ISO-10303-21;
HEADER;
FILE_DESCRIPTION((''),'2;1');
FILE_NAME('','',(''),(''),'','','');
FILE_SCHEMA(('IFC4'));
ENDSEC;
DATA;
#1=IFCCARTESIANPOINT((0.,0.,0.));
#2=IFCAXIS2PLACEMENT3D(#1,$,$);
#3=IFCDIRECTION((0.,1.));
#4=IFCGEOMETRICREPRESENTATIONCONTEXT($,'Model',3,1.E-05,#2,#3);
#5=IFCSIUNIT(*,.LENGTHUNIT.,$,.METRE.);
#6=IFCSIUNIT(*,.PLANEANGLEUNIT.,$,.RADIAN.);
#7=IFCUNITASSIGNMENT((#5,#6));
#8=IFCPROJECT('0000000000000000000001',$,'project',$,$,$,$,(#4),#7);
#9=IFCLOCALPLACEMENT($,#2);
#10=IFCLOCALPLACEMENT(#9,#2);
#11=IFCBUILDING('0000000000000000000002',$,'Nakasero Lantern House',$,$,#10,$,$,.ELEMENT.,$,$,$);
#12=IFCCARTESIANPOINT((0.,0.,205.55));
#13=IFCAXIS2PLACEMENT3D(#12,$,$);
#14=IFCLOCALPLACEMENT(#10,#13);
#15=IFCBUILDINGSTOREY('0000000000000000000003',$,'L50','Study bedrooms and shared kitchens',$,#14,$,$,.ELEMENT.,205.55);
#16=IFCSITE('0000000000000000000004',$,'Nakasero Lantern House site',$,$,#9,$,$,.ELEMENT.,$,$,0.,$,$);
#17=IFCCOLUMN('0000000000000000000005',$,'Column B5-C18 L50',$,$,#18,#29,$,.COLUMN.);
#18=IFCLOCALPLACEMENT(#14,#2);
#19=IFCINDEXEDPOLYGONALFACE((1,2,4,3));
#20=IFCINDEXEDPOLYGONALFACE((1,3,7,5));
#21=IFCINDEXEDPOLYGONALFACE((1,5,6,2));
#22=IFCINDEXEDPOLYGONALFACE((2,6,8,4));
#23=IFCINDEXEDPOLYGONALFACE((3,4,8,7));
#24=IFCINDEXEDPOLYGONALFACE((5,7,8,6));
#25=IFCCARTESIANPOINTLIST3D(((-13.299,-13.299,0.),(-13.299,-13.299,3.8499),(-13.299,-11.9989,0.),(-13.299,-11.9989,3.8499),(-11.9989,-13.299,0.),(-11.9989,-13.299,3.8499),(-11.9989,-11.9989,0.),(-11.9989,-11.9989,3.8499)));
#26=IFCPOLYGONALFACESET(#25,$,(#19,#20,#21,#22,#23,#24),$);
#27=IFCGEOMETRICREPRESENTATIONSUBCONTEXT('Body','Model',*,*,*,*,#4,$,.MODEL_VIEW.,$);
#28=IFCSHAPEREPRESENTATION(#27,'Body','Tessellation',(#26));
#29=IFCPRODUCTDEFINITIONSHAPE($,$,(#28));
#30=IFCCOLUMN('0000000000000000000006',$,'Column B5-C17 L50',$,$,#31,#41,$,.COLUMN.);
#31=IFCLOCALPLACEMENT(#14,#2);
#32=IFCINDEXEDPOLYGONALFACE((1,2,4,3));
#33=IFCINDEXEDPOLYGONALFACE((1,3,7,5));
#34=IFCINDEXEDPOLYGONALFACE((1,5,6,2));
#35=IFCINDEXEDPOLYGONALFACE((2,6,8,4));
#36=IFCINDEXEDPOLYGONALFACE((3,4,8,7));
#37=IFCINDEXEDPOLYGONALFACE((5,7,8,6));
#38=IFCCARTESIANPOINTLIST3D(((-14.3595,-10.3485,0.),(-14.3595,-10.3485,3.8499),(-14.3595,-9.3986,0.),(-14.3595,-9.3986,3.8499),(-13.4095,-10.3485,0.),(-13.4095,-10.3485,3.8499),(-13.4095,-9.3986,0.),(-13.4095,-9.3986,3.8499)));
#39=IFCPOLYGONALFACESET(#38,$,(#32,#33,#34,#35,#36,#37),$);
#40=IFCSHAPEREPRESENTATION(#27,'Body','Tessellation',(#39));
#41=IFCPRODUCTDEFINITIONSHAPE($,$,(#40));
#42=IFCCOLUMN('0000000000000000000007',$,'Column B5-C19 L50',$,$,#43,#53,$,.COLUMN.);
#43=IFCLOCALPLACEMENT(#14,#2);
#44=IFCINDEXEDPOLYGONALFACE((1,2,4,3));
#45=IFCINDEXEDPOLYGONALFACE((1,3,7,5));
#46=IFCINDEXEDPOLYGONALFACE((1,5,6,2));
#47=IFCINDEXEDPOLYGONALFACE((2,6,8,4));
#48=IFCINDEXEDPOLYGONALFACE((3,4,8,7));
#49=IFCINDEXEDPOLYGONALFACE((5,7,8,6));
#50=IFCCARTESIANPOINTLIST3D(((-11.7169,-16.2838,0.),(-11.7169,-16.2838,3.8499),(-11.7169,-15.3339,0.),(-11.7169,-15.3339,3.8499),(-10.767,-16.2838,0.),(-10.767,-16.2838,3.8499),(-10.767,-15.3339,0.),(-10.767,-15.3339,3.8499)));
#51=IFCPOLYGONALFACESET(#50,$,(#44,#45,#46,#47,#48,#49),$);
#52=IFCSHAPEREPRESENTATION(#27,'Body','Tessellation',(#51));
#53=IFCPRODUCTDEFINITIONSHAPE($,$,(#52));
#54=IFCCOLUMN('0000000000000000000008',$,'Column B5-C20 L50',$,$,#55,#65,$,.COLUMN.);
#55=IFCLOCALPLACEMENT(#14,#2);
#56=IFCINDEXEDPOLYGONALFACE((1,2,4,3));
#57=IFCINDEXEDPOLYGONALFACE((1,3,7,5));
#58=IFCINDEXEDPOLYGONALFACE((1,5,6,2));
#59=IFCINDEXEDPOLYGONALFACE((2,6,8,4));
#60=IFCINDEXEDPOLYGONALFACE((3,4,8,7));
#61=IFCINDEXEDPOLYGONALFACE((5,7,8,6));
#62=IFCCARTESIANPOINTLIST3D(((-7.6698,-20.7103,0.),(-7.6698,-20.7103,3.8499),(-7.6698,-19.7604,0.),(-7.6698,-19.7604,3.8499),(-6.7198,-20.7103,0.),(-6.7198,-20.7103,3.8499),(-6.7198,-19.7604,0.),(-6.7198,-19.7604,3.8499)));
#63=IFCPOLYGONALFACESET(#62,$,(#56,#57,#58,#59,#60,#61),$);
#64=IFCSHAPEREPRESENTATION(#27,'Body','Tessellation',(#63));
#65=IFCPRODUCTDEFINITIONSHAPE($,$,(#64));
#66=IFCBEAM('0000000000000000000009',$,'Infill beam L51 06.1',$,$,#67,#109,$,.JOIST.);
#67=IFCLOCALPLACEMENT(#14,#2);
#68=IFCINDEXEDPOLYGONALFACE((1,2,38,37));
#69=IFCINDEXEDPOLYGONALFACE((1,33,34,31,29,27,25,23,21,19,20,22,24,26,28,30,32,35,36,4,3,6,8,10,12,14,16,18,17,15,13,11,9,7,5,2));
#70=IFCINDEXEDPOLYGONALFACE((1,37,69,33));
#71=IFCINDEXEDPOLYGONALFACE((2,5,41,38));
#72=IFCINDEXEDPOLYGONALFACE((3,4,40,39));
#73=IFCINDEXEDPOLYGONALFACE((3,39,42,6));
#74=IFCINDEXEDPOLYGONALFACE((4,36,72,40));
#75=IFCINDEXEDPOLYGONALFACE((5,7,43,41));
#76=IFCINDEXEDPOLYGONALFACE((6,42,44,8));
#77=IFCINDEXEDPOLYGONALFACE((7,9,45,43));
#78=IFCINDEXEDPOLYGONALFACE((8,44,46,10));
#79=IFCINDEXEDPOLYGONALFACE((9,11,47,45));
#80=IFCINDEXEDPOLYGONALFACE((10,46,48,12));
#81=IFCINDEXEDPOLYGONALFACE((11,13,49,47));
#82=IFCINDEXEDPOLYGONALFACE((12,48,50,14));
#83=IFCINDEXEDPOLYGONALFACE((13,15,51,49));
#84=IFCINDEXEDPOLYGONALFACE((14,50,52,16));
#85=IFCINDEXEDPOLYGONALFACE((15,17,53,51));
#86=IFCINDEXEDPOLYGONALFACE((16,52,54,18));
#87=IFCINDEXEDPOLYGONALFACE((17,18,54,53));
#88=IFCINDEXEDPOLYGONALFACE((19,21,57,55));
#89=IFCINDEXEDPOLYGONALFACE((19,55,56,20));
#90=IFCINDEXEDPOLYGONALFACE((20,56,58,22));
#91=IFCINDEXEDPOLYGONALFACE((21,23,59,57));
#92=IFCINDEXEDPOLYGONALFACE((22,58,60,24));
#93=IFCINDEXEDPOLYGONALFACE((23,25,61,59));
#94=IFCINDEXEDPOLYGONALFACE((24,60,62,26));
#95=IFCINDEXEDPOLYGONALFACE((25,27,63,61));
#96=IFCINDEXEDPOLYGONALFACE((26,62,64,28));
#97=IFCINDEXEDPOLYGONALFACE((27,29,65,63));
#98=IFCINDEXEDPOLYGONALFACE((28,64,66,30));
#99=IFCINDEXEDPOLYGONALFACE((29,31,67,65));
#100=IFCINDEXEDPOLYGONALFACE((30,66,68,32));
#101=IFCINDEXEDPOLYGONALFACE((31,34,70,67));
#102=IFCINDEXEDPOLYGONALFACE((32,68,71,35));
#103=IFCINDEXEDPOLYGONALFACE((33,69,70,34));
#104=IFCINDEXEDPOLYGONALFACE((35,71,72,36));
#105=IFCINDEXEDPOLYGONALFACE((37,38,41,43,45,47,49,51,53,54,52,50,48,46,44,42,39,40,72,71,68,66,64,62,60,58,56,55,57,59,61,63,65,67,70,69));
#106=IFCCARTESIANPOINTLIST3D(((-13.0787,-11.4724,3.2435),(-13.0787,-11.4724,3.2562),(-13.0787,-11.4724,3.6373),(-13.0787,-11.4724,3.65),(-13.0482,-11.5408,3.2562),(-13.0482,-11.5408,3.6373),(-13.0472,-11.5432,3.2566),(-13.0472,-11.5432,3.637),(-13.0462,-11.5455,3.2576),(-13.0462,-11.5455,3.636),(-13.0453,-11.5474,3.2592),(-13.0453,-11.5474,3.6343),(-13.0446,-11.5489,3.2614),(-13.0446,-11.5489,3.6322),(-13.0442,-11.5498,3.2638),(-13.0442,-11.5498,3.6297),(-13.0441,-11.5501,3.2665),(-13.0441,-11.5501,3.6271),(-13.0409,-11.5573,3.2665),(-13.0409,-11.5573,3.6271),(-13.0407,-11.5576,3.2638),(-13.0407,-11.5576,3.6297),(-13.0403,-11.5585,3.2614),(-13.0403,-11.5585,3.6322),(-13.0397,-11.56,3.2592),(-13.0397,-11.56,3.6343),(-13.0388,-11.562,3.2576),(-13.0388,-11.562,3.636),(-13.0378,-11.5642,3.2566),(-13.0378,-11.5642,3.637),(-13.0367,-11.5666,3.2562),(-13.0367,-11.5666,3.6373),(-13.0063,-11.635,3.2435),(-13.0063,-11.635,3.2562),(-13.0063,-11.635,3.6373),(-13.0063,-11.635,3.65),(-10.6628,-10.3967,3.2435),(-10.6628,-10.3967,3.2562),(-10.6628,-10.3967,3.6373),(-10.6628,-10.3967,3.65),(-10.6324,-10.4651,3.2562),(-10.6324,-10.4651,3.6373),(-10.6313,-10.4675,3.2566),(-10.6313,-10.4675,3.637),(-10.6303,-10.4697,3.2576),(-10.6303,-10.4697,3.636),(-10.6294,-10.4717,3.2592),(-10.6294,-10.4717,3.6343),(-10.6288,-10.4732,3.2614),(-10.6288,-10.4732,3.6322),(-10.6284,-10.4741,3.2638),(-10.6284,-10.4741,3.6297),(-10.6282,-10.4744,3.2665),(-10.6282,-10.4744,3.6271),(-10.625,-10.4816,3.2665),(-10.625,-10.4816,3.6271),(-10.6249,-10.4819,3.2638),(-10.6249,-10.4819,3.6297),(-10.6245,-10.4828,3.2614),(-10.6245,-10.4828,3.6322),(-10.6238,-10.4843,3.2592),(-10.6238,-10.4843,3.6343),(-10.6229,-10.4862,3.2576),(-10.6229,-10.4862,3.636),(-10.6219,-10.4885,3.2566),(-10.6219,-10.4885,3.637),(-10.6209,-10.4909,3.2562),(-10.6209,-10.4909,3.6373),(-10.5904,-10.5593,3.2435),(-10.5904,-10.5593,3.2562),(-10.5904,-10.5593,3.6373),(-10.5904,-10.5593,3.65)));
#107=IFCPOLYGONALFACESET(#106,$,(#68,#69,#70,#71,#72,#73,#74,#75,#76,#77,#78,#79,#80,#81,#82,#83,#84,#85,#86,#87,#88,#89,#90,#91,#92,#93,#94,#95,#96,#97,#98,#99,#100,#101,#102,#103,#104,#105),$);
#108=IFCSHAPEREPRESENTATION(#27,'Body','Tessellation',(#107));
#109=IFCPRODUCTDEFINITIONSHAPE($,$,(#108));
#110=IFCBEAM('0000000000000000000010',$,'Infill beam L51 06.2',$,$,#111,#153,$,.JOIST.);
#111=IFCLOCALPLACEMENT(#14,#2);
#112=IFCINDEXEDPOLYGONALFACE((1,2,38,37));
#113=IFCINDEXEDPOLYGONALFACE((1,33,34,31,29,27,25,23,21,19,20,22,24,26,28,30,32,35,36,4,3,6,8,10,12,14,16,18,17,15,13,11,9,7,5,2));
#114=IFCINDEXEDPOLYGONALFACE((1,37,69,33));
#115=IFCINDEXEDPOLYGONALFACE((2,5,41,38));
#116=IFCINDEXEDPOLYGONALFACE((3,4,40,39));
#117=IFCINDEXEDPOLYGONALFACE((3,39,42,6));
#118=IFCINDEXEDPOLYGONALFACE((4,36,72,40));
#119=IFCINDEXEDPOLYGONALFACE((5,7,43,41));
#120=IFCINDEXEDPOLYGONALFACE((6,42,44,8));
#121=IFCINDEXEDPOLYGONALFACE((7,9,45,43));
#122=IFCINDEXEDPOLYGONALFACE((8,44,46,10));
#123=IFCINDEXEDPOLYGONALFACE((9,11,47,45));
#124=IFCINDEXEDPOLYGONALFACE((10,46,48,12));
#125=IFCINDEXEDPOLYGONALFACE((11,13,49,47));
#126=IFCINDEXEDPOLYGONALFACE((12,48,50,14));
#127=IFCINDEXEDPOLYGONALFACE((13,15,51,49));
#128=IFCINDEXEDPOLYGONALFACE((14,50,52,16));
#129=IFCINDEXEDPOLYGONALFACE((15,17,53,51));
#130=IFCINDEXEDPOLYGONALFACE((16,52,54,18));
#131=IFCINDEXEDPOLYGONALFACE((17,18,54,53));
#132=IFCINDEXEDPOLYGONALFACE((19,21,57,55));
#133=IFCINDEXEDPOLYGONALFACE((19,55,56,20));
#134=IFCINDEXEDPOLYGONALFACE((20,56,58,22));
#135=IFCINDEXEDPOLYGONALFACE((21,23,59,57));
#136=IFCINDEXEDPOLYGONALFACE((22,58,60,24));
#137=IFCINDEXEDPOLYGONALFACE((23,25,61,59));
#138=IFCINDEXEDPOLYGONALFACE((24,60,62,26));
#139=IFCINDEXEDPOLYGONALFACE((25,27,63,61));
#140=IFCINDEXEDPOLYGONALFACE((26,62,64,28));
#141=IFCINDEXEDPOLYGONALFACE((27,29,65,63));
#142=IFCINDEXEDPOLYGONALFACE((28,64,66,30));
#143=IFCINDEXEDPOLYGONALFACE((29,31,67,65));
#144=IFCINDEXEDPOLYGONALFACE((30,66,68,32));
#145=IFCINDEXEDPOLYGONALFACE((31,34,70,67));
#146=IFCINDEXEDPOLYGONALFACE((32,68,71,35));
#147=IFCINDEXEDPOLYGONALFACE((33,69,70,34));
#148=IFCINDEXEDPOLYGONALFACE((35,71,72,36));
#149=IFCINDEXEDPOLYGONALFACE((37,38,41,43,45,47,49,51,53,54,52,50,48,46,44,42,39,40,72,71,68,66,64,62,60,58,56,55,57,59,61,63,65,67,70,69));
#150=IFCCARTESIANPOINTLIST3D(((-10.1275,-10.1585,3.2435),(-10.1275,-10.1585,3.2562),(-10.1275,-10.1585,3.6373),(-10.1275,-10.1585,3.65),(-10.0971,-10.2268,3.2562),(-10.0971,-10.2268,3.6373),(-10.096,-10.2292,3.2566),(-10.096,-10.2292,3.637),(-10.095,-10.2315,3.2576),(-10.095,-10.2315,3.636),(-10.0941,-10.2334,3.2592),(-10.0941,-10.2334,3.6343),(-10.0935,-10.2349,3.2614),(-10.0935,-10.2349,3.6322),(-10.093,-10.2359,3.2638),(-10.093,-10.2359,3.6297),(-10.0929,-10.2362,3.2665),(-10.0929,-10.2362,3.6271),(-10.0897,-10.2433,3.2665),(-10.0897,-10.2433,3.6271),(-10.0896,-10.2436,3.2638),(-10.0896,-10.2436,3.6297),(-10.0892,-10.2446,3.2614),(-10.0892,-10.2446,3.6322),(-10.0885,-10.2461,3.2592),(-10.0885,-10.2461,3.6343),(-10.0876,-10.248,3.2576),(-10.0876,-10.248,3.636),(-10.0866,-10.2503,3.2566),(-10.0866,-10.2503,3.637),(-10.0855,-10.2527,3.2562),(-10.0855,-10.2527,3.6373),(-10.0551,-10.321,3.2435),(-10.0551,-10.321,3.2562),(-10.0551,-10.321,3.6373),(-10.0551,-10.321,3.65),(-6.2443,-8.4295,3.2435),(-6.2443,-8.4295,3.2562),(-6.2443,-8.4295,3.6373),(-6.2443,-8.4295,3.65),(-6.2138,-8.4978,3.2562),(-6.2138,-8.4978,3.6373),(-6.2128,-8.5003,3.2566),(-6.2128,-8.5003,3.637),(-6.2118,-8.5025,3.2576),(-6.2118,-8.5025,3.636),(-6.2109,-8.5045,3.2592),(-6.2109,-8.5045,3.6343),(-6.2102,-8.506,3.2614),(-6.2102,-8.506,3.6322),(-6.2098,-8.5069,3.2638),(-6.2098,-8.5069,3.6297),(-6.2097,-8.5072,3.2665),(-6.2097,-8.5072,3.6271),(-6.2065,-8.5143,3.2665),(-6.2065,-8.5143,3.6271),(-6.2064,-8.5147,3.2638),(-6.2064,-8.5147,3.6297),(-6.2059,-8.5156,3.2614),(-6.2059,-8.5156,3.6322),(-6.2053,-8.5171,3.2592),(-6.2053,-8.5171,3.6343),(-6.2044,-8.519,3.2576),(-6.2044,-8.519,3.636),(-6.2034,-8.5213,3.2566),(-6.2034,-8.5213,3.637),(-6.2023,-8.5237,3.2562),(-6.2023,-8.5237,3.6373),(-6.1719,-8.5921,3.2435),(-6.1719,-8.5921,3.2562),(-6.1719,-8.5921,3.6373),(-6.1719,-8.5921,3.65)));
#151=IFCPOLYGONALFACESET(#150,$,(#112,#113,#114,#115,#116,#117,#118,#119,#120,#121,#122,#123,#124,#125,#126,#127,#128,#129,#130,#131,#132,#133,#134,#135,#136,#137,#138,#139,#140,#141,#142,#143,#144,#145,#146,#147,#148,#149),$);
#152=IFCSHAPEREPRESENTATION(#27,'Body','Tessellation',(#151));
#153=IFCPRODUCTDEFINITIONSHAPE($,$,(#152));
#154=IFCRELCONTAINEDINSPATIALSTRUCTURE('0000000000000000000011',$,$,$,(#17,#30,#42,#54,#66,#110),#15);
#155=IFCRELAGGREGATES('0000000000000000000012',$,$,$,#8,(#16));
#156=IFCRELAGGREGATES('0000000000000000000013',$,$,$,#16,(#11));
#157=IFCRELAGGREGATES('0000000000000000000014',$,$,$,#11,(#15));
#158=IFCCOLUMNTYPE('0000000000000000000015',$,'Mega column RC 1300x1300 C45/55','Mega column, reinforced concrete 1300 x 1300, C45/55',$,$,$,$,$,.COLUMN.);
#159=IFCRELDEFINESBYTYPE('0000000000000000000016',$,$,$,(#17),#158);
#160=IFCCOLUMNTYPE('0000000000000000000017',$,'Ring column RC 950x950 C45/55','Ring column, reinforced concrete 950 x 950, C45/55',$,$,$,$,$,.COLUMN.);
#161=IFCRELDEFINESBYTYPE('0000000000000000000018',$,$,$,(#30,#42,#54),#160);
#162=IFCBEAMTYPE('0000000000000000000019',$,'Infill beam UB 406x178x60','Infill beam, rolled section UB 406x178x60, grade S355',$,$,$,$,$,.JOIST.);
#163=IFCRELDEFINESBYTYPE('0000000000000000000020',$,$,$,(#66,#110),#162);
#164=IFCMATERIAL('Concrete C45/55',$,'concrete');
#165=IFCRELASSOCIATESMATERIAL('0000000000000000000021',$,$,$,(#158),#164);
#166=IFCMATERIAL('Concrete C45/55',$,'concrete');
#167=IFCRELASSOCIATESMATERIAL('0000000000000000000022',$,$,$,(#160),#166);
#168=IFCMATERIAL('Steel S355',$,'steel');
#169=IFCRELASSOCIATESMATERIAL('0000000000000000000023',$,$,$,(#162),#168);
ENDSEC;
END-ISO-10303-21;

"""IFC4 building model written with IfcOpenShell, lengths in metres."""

from ifc_helpers import new_model, si_unit, direction, frame, origin, origin_2d, place, context, subcontext, project, spatial, rectangle, i_section, extrude, material, material_profile, profile_set, type_object, element, save


model = new_model("IFC4")

# Units and contexts
model_context = context("Model", 3, precision=1e-05, world=origin(), true_north=direction((0.0, 1.0)))
body_context = subcontext(model_context, "Body", "Model", "MODEL_VIEW")
ifc_project = project(units=[si_unit("LENGTHUNIT", "METRE"), si_unit("PLANEANGLEUNIT", "RADIAN")], contexts=[model_context])

# Site, building, storey
site_placement = place(None, origin())
site = spatial("IfcSite", under=ifc_project, at=site_placement, Name="Nakasero Lantern House site", CompositionType="ELEMENT", RefElevation=0.0)
building_placement = place(site_placement, origin())
building = spatial("IfcBuilding", under=site, at=building_placement, Name="Nakasero Lantern House", CompositionType="ELEMENT")
storey_placement = place(building_placement, frame((0.0, 0.0, 205.55)))
storey = spatial("IfcBuildingStorey", under=building, at=storey_placement, Name="L50", Description="Study bedrooms and shared kitchens", CompositionType="ELEMENT", Elevation=205.55)

# Columns
ifc_material_1 = material(Name="Concrete C45/55", Category="concrete")
ifc_material_profile_1 = material_profile(ifc_material_1, rectangle(XDim=1.3, YDim=1.3, at=origin_2d()), Name="RC 1300x1300")
ifc_profile_set_1 = profile_set([ifc_material_profile_1], Name="Concrete C45/55")
column_type_1 = type_object("IfcColumnType", Name="Mega column RC 1300x1300 C45/55", Description="Mega column, reinforced concrete 1300 x 1300, C45/55", PredefinedType="COLUMN", material=ifc_profile_set_1)
column_placement = place(storey_placement, frame((-12.6489, -12.6489, 0.0), z_axis=(0.0, 0.0, 1.0), x_axis=(1.0, 0.0, 0.0)))
element("IfcColumn", 1, at=column_placement, inside=storey, type_object=column_type_1, Name="Column B5-C18 L50", PredefinedType="COLUMN", context=body_context, shape_type="SweptSolid", body=[
    extrude(rectangle(XDim=1.3, YDim=1.3, at=origin_2d()), origin(), (0.0, 0.0, 1.0), 3.8499),
])
ifc_material_2 = material(Name="Concrete C45/55", Category="concrete")
ifc_material_profile_2 = material_profile(ifc_material_2, rectangle(XDim=0.95, YDim=0.95, at=origin_2d()), Name="RC 950x950")
ifc_profile_set_2 = profile_set([ifc_material_profile_2], Name="Concrete C45/55")
column_type_2 = type_object("IfcColumnType", Name="Ring column RC 950x950 C45/55", Description="Ring column, reinforced concrete 950 x 950, C45/55", PredefinedType="COLUMN", material=ifc_profile_set_2)
for number, where, z_axis, x_axis, name in (
    (2, (-13.8845, -9.8735, 0.0), (0.0, 0.0, 1.0), (1.0, 0.0, 0.0), "Column B5-C17 L50"),
    (3, (-11.2419, -15.8088, 0.0), (0.0, 0.0, 1.0), (1.0, 0.0, 0.0), "Column B5-C19 L50"),
    (4, (-7.1948, -20.2354, 0.0), (0.0, 0.0, 1.0), (1.0, 0.0, 0.0), "Column B5-C20 L50"),
):
    element("IfcColumn", number, at=place(storey_placement, frame(where, z_axis=z_axis, x_axis=x_axis)), inside=storey, type_object=column_type_2, Name=name, PredefinedType="COLUMN", context=body_context, shape_type="SweptSolid", body=[
        extrude(rectangle(XDim=0.95, YDim=0.95, at=origin_2d()), origin(), (0.0, 0.0, 1.0), 3.8499),
    ])

# Beams
ifc_material_3 = material(Name="Steel S355", Category="steel")
ifc_material_profile_3 = material_profile(ifc_material_3, i_section(OverallWidth=0.178, OverallDepth=0.4065, WebThickness=0.0078, FlangeThickness=0.0127, FilletRadius=0.0103, at=origin_2d()), Name="UB 406x178x60")
ifc_profile_set_3 = profile_set([ifc_material_profile_3], Name="Steel S355")
beam_type_1 = type_object("IfcBeamType", Name="Infill beam UB 406x178x60", Description="Infill beam, rolled section UB 406x178x60, grade S355", PredefinedType="JOIST", material=ifc_profile_set_3)
beam_1_placement = place(storey_placement, frame((-13.0425, -11.5537, 3.4468), z_axis=(0.91353, 0.406772, 0.0), x_axis=(-0.406772, 0.91353, 0.0)))
element("IfcBeam", 5, at=beam_1_placement, inside=storey, type_object=beam_type_1, Name="Infill beam L51 06.1", PredefinedType="JOIST", context=body_context, shape_type="SweptSolid", body=[
    extrude(i_section(OverallWidth=0.178, OverallDepth=0.4065, WebThickness=0.0078, FlangeThickness=0.0127, FilletRadius=0.0103, at=origin_2d()), origin(), (0.0, 0.0, 1.0), 2.6445),
])
beam_2_placement = place(storey_placement, frame((-10.0913, -10.2397, 3.4468), z_axis=(0.913541, 0.406746, 0.0), x_axis=(-0.406746, 0.913541, 0.0)))
element("IfcBeam", 6, at=beam_2_placement, inside=storey, type_object=beam_type_1, Name="Infill beam L51 06.2", PredefinedType="JOIST", context=body_context, shape_type="SweptSolid", body=[
    extrude(i_section(OverallWidth=0.178, OverallDepth=0.4065, WebThickness=0.0078, FlangeThickness=0.0127, FilletRadius=0.0103, at=origin_2d()), origin(), (0.0, 0.0, 1.0), 4.2507),
])

save(model, "model.ifc")
